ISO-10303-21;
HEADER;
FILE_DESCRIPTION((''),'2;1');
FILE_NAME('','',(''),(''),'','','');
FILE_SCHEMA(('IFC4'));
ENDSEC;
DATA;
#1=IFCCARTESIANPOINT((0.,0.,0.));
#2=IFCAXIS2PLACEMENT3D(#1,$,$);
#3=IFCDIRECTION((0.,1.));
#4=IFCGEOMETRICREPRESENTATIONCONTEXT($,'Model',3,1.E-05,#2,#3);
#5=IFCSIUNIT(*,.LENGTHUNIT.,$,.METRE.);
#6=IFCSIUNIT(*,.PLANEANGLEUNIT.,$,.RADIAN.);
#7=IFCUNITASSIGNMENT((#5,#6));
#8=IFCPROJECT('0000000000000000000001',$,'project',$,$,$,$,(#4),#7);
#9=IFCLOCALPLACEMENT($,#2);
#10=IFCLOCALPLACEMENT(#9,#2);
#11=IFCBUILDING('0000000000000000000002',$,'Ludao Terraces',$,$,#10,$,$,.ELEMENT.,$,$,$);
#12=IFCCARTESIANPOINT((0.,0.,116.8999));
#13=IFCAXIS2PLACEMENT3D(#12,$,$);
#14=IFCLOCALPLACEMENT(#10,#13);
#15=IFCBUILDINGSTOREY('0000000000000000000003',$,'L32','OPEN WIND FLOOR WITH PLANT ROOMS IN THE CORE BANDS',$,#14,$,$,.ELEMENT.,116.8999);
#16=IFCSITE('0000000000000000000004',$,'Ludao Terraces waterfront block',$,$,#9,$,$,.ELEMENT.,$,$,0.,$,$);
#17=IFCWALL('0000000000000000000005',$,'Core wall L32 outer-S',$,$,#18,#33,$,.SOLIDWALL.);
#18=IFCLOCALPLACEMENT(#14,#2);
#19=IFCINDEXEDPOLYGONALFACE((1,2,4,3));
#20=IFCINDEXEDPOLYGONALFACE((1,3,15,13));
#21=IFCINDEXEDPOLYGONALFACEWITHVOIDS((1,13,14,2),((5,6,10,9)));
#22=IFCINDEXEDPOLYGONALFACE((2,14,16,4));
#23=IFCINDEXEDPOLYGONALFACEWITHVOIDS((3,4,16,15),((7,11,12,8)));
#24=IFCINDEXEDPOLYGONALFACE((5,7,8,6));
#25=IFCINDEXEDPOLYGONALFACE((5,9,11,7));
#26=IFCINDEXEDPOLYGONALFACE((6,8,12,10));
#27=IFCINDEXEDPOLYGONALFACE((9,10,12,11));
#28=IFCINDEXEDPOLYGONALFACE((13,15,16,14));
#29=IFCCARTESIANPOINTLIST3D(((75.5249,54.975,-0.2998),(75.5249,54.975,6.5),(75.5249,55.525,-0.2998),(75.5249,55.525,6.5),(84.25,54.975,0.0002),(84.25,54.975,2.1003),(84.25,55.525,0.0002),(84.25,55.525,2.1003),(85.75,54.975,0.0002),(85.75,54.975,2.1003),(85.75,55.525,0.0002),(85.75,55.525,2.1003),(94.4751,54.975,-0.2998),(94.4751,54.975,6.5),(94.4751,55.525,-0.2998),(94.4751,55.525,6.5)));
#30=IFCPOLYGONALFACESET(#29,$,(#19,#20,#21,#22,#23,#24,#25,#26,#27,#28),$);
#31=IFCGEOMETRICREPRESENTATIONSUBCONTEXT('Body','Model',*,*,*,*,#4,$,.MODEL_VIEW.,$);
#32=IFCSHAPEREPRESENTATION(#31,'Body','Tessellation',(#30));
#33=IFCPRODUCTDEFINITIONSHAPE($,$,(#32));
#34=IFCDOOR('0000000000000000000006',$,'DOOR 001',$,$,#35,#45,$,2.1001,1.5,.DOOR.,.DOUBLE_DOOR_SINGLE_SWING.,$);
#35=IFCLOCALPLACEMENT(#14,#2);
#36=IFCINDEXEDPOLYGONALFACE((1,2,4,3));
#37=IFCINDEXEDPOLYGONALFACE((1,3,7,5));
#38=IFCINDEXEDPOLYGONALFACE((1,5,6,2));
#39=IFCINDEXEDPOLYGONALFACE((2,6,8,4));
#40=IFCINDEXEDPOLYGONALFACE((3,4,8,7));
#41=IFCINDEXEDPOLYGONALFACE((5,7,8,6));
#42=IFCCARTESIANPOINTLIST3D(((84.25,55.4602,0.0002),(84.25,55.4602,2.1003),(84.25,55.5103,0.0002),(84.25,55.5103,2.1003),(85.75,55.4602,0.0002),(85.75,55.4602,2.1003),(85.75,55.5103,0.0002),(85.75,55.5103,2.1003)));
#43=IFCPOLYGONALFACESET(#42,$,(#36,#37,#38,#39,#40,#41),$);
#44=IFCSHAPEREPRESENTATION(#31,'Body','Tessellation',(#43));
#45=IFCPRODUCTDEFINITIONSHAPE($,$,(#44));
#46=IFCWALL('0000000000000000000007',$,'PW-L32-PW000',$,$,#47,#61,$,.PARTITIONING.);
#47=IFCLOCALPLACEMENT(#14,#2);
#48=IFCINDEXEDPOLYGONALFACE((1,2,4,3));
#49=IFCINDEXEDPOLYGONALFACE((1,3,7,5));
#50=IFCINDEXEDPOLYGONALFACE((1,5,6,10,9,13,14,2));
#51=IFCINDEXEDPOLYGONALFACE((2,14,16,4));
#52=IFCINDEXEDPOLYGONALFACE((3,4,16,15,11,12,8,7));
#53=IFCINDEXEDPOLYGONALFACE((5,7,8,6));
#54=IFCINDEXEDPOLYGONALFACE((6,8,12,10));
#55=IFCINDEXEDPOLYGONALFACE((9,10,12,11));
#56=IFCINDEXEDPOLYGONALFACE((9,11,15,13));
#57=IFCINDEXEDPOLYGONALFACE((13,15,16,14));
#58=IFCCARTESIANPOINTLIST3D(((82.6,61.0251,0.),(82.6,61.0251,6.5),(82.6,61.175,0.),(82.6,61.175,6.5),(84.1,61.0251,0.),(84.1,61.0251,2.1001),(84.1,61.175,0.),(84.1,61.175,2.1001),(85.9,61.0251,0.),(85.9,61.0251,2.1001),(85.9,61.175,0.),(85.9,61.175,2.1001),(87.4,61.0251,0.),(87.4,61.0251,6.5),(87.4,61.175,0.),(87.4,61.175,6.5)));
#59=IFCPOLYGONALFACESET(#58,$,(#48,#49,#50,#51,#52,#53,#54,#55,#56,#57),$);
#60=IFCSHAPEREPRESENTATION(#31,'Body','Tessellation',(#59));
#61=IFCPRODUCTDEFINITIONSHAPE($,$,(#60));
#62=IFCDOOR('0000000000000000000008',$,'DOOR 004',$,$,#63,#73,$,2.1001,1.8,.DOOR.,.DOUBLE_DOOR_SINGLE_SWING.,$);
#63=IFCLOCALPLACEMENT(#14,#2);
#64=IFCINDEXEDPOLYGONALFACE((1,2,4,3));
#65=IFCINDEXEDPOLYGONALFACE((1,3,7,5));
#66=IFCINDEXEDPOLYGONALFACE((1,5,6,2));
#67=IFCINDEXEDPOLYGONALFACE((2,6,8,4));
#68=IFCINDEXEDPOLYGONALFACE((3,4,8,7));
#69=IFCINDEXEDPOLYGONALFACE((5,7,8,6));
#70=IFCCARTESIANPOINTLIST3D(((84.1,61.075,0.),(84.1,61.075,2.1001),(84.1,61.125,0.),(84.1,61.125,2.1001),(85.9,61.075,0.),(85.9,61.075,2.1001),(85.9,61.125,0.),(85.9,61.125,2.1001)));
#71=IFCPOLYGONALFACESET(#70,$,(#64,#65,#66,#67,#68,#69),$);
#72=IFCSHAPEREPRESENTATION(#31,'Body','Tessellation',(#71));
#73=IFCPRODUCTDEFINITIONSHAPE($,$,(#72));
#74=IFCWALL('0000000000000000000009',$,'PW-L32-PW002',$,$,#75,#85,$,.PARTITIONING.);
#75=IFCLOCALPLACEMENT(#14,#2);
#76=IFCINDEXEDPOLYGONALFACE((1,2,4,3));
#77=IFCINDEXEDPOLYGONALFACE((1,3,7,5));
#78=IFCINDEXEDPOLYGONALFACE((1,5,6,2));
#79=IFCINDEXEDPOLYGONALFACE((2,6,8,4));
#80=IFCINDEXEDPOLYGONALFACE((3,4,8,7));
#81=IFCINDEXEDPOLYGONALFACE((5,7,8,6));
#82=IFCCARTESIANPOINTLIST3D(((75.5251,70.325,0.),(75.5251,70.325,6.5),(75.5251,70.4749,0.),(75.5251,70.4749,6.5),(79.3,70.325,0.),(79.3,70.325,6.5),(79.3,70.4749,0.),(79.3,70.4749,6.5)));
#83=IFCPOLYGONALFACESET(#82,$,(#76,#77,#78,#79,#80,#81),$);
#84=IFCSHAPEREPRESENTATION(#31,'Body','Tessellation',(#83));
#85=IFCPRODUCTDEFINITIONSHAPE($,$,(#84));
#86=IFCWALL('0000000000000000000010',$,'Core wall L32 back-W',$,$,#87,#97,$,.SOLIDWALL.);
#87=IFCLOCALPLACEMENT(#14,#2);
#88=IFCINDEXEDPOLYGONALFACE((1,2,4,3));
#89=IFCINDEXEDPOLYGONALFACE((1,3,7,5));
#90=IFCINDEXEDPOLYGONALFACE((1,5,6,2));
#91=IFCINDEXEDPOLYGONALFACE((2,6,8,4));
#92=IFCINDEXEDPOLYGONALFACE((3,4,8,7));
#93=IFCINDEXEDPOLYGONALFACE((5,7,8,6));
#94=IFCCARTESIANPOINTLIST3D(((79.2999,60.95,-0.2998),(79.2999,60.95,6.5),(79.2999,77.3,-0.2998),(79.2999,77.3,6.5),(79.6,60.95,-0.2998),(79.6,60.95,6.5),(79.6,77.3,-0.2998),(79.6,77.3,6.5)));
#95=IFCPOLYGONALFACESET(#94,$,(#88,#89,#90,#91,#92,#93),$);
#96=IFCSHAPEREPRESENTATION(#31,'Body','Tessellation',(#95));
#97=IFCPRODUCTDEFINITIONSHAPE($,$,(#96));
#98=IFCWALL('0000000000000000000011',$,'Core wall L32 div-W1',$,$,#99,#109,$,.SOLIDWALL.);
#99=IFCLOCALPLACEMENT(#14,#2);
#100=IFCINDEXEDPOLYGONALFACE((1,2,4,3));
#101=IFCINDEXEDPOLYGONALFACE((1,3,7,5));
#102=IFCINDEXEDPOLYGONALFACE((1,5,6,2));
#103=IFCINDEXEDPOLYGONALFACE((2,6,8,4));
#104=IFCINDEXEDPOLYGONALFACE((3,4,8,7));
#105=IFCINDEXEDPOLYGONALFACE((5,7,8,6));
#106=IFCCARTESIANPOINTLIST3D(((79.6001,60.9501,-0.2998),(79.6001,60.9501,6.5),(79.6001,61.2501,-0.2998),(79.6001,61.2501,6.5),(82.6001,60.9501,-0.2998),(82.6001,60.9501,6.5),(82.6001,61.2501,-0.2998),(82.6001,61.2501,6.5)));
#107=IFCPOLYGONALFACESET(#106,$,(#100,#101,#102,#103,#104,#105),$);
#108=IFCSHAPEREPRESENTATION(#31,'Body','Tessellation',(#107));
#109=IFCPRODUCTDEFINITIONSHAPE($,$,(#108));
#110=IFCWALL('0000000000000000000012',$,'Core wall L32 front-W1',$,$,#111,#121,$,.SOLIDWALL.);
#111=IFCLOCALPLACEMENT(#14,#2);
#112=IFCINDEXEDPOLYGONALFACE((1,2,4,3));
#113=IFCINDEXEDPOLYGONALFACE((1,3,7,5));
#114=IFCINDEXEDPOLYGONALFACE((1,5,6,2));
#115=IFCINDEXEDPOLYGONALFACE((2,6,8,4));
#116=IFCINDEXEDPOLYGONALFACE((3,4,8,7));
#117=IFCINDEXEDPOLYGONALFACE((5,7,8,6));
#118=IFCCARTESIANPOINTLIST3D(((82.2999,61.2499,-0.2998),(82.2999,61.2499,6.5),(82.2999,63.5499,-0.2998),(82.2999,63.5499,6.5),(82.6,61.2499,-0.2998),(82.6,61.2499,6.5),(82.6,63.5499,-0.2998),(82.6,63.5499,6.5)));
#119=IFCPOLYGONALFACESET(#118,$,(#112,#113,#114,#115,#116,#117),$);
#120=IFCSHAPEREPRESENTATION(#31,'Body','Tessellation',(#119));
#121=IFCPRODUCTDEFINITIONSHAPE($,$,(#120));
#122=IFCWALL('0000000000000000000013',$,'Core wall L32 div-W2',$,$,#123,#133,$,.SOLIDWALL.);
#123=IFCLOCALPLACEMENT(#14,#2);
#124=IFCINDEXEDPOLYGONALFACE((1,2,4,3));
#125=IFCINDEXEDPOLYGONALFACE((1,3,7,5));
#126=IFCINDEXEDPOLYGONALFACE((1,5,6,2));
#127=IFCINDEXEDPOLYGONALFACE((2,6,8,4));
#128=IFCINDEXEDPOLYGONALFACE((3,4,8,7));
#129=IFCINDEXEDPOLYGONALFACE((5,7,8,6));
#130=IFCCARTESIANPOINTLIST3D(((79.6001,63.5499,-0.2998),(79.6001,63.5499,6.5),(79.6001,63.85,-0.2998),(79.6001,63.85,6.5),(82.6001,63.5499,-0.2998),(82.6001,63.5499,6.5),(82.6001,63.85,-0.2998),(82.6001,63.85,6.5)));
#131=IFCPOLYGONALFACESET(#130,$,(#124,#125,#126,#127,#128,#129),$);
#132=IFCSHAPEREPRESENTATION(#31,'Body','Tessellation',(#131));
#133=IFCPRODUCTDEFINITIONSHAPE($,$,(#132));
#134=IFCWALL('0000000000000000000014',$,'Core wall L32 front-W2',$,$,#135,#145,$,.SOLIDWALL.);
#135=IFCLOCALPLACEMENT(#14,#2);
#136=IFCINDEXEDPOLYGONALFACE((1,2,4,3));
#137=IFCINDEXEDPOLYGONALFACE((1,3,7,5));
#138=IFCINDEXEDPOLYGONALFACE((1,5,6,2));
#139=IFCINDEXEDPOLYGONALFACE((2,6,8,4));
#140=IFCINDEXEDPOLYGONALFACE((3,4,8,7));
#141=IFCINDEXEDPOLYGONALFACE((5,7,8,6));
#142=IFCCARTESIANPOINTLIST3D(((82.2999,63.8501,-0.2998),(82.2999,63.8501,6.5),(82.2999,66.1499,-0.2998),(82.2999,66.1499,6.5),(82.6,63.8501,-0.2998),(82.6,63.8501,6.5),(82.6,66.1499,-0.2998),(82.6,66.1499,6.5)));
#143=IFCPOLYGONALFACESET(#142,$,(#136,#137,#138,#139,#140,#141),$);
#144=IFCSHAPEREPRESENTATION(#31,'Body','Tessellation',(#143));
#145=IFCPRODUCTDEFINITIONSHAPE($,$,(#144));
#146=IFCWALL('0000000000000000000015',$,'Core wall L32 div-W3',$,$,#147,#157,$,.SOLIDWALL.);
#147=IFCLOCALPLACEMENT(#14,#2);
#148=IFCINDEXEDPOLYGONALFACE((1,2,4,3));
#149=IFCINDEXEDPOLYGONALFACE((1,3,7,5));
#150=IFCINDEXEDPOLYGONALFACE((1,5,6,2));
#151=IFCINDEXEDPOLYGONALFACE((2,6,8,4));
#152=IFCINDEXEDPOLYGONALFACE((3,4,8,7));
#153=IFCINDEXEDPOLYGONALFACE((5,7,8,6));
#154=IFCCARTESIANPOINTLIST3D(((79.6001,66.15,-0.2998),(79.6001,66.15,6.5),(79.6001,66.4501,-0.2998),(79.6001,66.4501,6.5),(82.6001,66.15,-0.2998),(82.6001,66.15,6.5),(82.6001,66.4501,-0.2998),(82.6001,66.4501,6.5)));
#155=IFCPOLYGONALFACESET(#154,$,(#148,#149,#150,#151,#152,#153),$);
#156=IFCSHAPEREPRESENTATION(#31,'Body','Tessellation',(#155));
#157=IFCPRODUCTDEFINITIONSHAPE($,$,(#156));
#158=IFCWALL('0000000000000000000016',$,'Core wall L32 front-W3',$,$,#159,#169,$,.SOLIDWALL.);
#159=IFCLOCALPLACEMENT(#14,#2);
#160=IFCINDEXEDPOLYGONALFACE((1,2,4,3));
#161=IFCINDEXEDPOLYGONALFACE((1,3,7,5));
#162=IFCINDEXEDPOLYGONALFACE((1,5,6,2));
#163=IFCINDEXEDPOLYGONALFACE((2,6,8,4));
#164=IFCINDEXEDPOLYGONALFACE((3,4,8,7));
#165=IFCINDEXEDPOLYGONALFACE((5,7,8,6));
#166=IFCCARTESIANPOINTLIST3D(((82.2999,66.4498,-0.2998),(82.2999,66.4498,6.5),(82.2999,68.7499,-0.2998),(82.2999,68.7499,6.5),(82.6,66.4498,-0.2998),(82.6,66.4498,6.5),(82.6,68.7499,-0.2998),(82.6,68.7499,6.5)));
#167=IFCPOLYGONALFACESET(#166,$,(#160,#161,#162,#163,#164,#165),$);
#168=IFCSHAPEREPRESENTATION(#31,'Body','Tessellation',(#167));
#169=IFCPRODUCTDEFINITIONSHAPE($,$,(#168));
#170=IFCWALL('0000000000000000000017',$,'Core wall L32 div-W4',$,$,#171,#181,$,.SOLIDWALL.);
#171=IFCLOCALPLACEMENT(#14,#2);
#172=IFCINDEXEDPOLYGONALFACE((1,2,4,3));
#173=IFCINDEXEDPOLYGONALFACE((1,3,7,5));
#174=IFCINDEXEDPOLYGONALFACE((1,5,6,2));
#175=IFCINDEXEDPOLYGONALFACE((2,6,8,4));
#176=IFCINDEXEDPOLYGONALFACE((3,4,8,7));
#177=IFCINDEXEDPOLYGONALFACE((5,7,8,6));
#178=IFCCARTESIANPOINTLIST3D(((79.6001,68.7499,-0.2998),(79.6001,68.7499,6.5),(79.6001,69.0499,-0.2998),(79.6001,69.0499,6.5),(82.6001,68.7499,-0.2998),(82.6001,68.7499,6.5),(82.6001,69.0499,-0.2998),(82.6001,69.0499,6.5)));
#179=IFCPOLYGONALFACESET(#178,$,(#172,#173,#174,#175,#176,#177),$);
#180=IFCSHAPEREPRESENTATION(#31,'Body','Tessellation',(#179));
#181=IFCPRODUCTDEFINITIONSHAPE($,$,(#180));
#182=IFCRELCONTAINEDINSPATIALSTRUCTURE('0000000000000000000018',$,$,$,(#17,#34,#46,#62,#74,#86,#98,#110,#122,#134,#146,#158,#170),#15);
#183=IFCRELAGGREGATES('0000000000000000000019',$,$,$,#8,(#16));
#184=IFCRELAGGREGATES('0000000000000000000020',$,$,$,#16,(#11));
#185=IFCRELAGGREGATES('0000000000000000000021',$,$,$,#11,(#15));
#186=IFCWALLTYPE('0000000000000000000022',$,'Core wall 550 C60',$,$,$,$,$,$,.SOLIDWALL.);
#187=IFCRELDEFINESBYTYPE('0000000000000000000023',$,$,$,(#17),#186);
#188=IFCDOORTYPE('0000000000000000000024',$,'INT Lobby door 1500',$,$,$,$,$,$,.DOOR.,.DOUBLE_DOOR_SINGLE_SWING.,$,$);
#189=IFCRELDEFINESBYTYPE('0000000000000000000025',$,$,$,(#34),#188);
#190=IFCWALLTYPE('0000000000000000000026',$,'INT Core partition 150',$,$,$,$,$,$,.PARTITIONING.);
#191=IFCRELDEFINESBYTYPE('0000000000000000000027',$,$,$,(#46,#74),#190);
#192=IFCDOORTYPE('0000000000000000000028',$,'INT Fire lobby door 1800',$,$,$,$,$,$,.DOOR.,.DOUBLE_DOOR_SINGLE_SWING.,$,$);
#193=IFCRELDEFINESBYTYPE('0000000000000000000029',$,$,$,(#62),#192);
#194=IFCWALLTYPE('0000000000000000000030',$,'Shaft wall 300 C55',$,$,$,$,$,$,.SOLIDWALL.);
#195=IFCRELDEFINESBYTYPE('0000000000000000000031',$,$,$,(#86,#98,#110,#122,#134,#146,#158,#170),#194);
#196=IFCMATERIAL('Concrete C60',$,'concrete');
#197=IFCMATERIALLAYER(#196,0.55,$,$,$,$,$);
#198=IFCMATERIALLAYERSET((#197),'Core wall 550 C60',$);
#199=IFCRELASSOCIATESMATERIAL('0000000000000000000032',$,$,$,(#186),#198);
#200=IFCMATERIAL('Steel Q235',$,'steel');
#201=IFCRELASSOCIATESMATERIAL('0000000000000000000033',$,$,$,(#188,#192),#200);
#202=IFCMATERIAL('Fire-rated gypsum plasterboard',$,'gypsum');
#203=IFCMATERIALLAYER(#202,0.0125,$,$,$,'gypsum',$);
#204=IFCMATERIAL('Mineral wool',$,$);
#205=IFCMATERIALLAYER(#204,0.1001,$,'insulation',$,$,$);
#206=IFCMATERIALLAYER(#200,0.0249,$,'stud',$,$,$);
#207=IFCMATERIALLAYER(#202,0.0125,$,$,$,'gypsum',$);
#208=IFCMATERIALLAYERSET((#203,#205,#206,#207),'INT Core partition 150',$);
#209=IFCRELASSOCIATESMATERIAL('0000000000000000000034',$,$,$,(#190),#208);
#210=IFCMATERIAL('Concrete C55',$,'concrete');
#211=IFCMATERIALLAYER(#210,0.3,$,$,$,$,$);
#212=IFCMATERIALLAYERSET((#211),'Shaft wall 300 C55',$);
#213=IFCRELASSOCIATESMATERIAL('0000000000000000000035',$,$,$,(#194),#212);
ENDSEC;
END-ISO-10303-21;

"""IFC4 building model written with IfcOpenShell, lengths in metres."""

from ifc_helpers import new_model, si_unit, direction, frame, frame_2d, origin, place, context, subcontext, project, spatial, rectangle, extrude, material, layer, layer_set, type_object, element, fill, save


model = new_model("IFC4")

# Units and contexts
model_context = context("Model", 3, precision=1e-05, world=origin(), true_north=direction((0.0, 1.0)))
body_context = subcontext(model_context, "Body", "Model", "MODEL_VIEW")
ifc_project = project(units=[si_unit("LENGTHUNIT", "METRE"), si_unit("PLANEANGLEUNIT", "RADIAN")], contexts=[model_context])

# Site, building, storey
site_placement = place(None, origin())
site = spatial("IfcSite", under=ifc_project, at=site_placement, Name="Ludao Terraces waterfront block", CompositionType="ELEMENT", RefElevation=0.0)
building_placement = place(site_placement, origin())
building = spatial("IfcBuilding", under=site, at=building_placement, Name="Ludao Terraces", CompositionType="ELEMENT")
storey_placement = place(building_placement, frame((0.0, 0.0, 116.8999)))
storey = spatial("IfcBuildingStorey", under=building, at=storey_placement, Name="L32", Description="OPEN WIND FLOOR WITH PLANT ROOMS IN THE CORE BANDS", CompositionType="ELEMENT", Elevation=116.8999)

# Shared definitions
ifc_material_1 = material(Name="Concrete C60", Category="concrete")
ifc_layer_1 = layer(ifc_material_1, 0.55)
ifc_layer_set_1 = layer_set([ifc_layer_1], Name="Core wall 550 C60")
wall_type_1 = type_object("IfcWallType", Name="Core wall 550 C60", PredefinedType="SOLIDWALL", material=ifc_layer_set_1)
ifc_material_2 = material(Name="Steel Q235", Category="steel")

# Walls, openings, doors
wall_1_placement = place(storey_placement, frame((75.5249, 55.25, -0.2998), z_axis=(0.0, 0.0, 1.0), x_axis=(1.0, 0.0, 0.0)))
wall_1 = element("IfcWall", 1, at=wall_1_placement, inside=storey, type_object=wall_type_1, Name="Core wall L32 outer-S", PredefinedType="SOLIDWALL", context=body_context, shape_type="SweptSolid", body=[
    extrude(rectangle(XDim=18.9502, YDim=0.55, at=frame_2d((9.4751, 0.0))), origin(), (0.0, 0.0, 1.0), 6.7998),
])
opening_1_placement = place(wall_1_placement, frame((8.7251, 0.0, 0.3)))
opening_1 = element("IfcOpeningElement", 2, at=opening_1_placement, cuts=wall_1, PredefinedType="OPENING", context=body_context, shape_type="SweptSolid", body=[
    extrude(rectangle(XDim=1.5, YDim=2.1001, at=frame_2d((0.75, 1.05))), frame((0.0, 0.2852, 0.0), z_axis=(0.0, -1.0, 0.0), x_axis=(1.0, 0.0, 0.0)), (0.0, 0.0, 1.0), 0.5701),
])
door_type_1 = type_object("IfcDoorType", Name="INT Lobby door 1500", OperationType="DOUBLE_DOOR_SINGLE_SWING", PredefinedType="DOOR", material=ifc_material_2)
door_1_placement = place(opening_1_placement, origin())
door_1 = element("IfcDoor", 3, at=door_1_placement, inside=storey, type_object=door_type_1, Name="DOOR 001", OperationType="DOUBLE_DOOR_SINGLE_SWING", OverallHeight=2.1001, OverallWidth=1.5, PredefinedType="DOOR", context=body_context, shape_type="SweptSolid", body=[
    extrude(rectangle(XDim=1.5, YDim=2.1001, at=frame_2d((0.75, 1.05))), frame((0.0, 0.2603, 0.0), z_axis=(0.0, -1.0, 0.0), x_axis=(1.0, 0.0, 0.0)), (0.0, 0.0, 1.0), 0.05),
])
fill(opening_1, door_1)
ifc_material_3 = material(Name="Fire-rated gypsum plasterboard", Category="gypsum")
ifc_layer_2 = layer(ifc_material_3, 0.0125, Category="gypsum")
ifc_material_4 = material(Name="Mineral wool")
ifc_layer_3 = layer(ifc_material_4, 0.1001, Name="insulation")
ifc_layer_4 = layer(ifc_material_2, 0.0249, Name="stud")
ifc_layer_5 = layer(ifc_material_3, 0.0125, Category="gypsum")
ifc_layer_set_2 = layer_set([ifc_layer_2, ifc_layer_3, ifc_layer_4, ifc_layer_5], Name="INT Core partition 150")
wall_type_2 = type_object("IfcWallType", Name="INT Core partition 150", PredefinedType="PARTITIONING", material=ifc_layer_set_2)
wall_2_placement = place(storey_placement, frame((82.6001, 61.1001, 0.0), z_axis=(0.0, 0.0, 1.0), x_axis=(1.0, 0.0, 0.0)))
wall_2 = element("IfcWall", 4, at=wall_2_placement, inside=storey, type_object=wall_type_2, Name="PW-L32-PW000", PredefinedType="PARTITIONING", context=body_context, shape_type="SweptSolid", body=[
    extrude(rectangle(XDim=4.8, YDim=0.1499, at=frame_2d((2.3999, 0.0))), origin(), (0.0, 0.0, 1.0), 6.5),
])
opening_2_placement = place(wall_2_placement, frame((1.5, 0.0, 0.0)))
opening_2 = element("IfcOpeningElement", 5, at=opening_2_placement, cuts=wall_2, PredefinedType="OPENING", context=body_context, shape_type="SweptSolid", body=[
    extrude(rectangle(XDim=1.8, YDim=2.1001, at=frame_2d((0.8999, 1.05))), frame((0.0, 0.085, 0.0), z_axis=(0.0, -1.0, 0.0), x_axis=(1.0, 0.0, 0.0)), (0.0, 0.0, 1.0), 0.1699),
])
door_type_2 = type_object("IfcDoorType", Name="INT Fire lobby door 1800", OperationType="DOUBLE_DOOR_SINGLE_SWING", PredefinedType="DOOR", material=ifc_material_2)
door_2_placement = place(opening_2_placement, origin())
door_2 = element("IfcDoor", 6, at=door_2_placement, inside=storey, type_object=door_type_2, Name="DOOR 004", OperationType="DOUBLE_DOOR_SINGLE_SWING", OverallHeight=2.1001, OverallWidth=1.8, PredefinedType="DOOR", context=body_context, shape_type="SweptSolid", body=[
    extrude(rectangle(XDim=1.8, YDim=2.1001, at=frame_2d((0.8999, 1.05))), frame((0.0, 0.0249, 0.0), z_axis=(0.0, -1.0, 0.0), x_axis=(1.0, 0.0, 0.0)), (0.0, 0.0, 1.0), 0.05),
])
fill(opening_2, door_2)

# Walls
wall_3_placement = place(storey_placement, frame((75.5251, 70.3999, 0.0), z_axis=(0.0, 0.0, 1.0), x_axis=(1.0, 0.0, 0.0)))
element("IfcWall", 7, at=wall_3_placement, inside=storey, type_object=wall_type_2, Name="PW-L32-PW002", PredefinedType="PARTITIONING", context=body_context, shape_type="SweptSolid", body=[
    extrude(rectangle(XDim=3.7749, YDim=0.1499, at=frame_2d((1.8875, 0.0))), origin(), (0.0, 0.0, 1.0), 6.5),
])
ifc_material_5 = material(Name="Concrete C55", Category="concrete")
ifc_layer_6 = layer(ifc_material_5, 0.3)
ifc_layer_set_3 = layer_set([ifc_layer_6], Name="Shaft wall 300 C55")
wall_type_3 = type_object("IfcWallType", Name="Shaft wall 300 C55", PredefinedType="SOLIDWALL", material=ifc_layer_set_3)
wall_4_placement = place(storey_placement, frame((79.45, 60.95, -0.2998), z_axis=(0.0, 0.0, 1.0), x_axis=(0.0, 1.0, 0.0)))
element("IfcWall", 8, at=wall_4_placement, inside=storey, type_object=wall_type_3, Name="Core wall L32 back-W", PredefinedType="SOLIDWALL", context=body_context, shape_type="SweptSolid", body=[
    extrude(rectangle(XDim=16.3501, YDim=0.3, at=frame_2d((8.175, 0.0))), origin(), (0.0, 0.0, 1.0), 6.7998),
])
wall_5_placement = place(storey_placement, frame((79.6001, 61.1001, -0.2998), z_axis=(0.0, 0.0, 1.0), x_axis=(1.0, 0.0, 0.0)))
element("IfcWall", 9, at=wall_5_placement, inside=storey, type_object=wall_type_3, Name="Core wall L32 div-W1", PredefinedType="SOLIDWALL", context=body_context, shape_type="SweptSolid", body=[
    extrude(rectangle(XDim=3.0, YDim=0.3, at=frame_2d((1.5, 0.0))), origin(), (0.0, 0.0, 1.0), 6.7998),
])
wall_6_placement = place(storey_placement, frame((82.45, 61.25, -0.2998), z_axis=(0.0, 0.0, 1.0), x_axis=(0.0, 1.0, 0.0)))
element("IfcWall", 10, at=wall_6_placement, inside=storey, type_object=wall_type_3, Name="Core wall L32 front-W1", PredefinedType="SOLIDWALL", context=body_context, shape_type="SweptSolid", body=[
    extrude(rectangle(XDim=2.3, YDim=0.3, at=frame_2d((1.1499, 0.0))), origin(), (0.0, 0.0, 1.0), 6.7998),
])
wall_7_placement = place(storey_placement, frame((79.6001, 63.7, -0.2998), z_axis=(0.0, 0.0, 1.0), x_axis=(1.0, 0.0, 0.0)))
element("IfcWall", 11, at=wall_7_placement, inside=storey, type_object=wall_type_3, Name="Core wall L32 div-W2", PredefinedType="SOLIDWALL", context=body_context, shape_type="SweptSolid", body=[
    extrude(rectangle(XDim=3.0, YDim=0.3, at=frame_2d((1.5, 0.0))), origin(), (0.0, 0.0, 1.0), 6.7998),
])
wall_8_placement = place(storey_placement, frame((82.45, 63.8501, -0.2998), z_axis=(0.0, 0.0, 1.0), x_axis=(0.0, 1.0, 0.0)))
element("IfcWall", 12, at=wall_8_placement, inside=storey, type_object=wall_type_3, Name="Core wall L32 front-W2", PredefinedType="SOLIDWALL", context=body_context, shape_type="SweptSolid", body=[
    extrude(rectangle(XDim=2.2998, YDim=0.3, at=frame_2d((1.1499, 0.0))), origin(), (0.0, 0.0, 1.0), 6.7998),
])
wall_9_placement = place(storey_placement, frame((79.6001, 66.3, -0.2998), z_axis=(0.0, 0.0, 1.0), x_axis=(1.0, 0.0, 0.0)))
element("IfcWall", 13, at=wall_9_placement, inside=storey, type_object=wall_type_3, Name="Core wall L32 div-W3", PredefinedType="SOLIDWALL", context=body_context, shape_type="SweptSolid", body=[
    extrude(rectangle(XDim=3.0, YDim=0.3, at=frame_2d((1.5, 0.0))), origin(), (0.0, 0.0, 1.0), 6.7998),
])
wall_10_placement = place(storey_placement, frame((82.45, 66.45, -0.2998), z_axis=(0.0, 0.0, 1.0), x_axis=(0.0, 1.0, 0.0)))
element("IfcWall", 14, at=wall_10_placement, inside=storey, type_object=wall_type_3, Name="Core wall L32 front-W3", PredefinedType="SOLIDWALL", context=body_context, shape_type="SweptSolid", body=[
    extrude(rectangle(XDim=2.3, YDim=0.3, at=frame_2d((1.1499, 0.0))), origin(), (0.0, 0.0, 1.0), 6.7998),
])
wall_11_placement = place(storey_placement, frame((79.6001, 68.8999, -0.2998), z_axis=(0.0, 0.0, 1.0), x_axis=(1.0, 0.0, 0.0)))
element("IfcWall", 15, at=wall_11_placement, inside=storey, type_object=wall_type_3, Name="Core wall L32 div-W4", PredefinedType="SOLIDWALL", context=body_context, shape_type="SweptSolid", body=[
    extrude(rectangle(XDim=3.0, YDim=0.3, at=frame_2d((1.5, 0.0))), origin(), (0.0, 0.0, 1.0), 6.7998),
])

save(model, "model.ifc")
